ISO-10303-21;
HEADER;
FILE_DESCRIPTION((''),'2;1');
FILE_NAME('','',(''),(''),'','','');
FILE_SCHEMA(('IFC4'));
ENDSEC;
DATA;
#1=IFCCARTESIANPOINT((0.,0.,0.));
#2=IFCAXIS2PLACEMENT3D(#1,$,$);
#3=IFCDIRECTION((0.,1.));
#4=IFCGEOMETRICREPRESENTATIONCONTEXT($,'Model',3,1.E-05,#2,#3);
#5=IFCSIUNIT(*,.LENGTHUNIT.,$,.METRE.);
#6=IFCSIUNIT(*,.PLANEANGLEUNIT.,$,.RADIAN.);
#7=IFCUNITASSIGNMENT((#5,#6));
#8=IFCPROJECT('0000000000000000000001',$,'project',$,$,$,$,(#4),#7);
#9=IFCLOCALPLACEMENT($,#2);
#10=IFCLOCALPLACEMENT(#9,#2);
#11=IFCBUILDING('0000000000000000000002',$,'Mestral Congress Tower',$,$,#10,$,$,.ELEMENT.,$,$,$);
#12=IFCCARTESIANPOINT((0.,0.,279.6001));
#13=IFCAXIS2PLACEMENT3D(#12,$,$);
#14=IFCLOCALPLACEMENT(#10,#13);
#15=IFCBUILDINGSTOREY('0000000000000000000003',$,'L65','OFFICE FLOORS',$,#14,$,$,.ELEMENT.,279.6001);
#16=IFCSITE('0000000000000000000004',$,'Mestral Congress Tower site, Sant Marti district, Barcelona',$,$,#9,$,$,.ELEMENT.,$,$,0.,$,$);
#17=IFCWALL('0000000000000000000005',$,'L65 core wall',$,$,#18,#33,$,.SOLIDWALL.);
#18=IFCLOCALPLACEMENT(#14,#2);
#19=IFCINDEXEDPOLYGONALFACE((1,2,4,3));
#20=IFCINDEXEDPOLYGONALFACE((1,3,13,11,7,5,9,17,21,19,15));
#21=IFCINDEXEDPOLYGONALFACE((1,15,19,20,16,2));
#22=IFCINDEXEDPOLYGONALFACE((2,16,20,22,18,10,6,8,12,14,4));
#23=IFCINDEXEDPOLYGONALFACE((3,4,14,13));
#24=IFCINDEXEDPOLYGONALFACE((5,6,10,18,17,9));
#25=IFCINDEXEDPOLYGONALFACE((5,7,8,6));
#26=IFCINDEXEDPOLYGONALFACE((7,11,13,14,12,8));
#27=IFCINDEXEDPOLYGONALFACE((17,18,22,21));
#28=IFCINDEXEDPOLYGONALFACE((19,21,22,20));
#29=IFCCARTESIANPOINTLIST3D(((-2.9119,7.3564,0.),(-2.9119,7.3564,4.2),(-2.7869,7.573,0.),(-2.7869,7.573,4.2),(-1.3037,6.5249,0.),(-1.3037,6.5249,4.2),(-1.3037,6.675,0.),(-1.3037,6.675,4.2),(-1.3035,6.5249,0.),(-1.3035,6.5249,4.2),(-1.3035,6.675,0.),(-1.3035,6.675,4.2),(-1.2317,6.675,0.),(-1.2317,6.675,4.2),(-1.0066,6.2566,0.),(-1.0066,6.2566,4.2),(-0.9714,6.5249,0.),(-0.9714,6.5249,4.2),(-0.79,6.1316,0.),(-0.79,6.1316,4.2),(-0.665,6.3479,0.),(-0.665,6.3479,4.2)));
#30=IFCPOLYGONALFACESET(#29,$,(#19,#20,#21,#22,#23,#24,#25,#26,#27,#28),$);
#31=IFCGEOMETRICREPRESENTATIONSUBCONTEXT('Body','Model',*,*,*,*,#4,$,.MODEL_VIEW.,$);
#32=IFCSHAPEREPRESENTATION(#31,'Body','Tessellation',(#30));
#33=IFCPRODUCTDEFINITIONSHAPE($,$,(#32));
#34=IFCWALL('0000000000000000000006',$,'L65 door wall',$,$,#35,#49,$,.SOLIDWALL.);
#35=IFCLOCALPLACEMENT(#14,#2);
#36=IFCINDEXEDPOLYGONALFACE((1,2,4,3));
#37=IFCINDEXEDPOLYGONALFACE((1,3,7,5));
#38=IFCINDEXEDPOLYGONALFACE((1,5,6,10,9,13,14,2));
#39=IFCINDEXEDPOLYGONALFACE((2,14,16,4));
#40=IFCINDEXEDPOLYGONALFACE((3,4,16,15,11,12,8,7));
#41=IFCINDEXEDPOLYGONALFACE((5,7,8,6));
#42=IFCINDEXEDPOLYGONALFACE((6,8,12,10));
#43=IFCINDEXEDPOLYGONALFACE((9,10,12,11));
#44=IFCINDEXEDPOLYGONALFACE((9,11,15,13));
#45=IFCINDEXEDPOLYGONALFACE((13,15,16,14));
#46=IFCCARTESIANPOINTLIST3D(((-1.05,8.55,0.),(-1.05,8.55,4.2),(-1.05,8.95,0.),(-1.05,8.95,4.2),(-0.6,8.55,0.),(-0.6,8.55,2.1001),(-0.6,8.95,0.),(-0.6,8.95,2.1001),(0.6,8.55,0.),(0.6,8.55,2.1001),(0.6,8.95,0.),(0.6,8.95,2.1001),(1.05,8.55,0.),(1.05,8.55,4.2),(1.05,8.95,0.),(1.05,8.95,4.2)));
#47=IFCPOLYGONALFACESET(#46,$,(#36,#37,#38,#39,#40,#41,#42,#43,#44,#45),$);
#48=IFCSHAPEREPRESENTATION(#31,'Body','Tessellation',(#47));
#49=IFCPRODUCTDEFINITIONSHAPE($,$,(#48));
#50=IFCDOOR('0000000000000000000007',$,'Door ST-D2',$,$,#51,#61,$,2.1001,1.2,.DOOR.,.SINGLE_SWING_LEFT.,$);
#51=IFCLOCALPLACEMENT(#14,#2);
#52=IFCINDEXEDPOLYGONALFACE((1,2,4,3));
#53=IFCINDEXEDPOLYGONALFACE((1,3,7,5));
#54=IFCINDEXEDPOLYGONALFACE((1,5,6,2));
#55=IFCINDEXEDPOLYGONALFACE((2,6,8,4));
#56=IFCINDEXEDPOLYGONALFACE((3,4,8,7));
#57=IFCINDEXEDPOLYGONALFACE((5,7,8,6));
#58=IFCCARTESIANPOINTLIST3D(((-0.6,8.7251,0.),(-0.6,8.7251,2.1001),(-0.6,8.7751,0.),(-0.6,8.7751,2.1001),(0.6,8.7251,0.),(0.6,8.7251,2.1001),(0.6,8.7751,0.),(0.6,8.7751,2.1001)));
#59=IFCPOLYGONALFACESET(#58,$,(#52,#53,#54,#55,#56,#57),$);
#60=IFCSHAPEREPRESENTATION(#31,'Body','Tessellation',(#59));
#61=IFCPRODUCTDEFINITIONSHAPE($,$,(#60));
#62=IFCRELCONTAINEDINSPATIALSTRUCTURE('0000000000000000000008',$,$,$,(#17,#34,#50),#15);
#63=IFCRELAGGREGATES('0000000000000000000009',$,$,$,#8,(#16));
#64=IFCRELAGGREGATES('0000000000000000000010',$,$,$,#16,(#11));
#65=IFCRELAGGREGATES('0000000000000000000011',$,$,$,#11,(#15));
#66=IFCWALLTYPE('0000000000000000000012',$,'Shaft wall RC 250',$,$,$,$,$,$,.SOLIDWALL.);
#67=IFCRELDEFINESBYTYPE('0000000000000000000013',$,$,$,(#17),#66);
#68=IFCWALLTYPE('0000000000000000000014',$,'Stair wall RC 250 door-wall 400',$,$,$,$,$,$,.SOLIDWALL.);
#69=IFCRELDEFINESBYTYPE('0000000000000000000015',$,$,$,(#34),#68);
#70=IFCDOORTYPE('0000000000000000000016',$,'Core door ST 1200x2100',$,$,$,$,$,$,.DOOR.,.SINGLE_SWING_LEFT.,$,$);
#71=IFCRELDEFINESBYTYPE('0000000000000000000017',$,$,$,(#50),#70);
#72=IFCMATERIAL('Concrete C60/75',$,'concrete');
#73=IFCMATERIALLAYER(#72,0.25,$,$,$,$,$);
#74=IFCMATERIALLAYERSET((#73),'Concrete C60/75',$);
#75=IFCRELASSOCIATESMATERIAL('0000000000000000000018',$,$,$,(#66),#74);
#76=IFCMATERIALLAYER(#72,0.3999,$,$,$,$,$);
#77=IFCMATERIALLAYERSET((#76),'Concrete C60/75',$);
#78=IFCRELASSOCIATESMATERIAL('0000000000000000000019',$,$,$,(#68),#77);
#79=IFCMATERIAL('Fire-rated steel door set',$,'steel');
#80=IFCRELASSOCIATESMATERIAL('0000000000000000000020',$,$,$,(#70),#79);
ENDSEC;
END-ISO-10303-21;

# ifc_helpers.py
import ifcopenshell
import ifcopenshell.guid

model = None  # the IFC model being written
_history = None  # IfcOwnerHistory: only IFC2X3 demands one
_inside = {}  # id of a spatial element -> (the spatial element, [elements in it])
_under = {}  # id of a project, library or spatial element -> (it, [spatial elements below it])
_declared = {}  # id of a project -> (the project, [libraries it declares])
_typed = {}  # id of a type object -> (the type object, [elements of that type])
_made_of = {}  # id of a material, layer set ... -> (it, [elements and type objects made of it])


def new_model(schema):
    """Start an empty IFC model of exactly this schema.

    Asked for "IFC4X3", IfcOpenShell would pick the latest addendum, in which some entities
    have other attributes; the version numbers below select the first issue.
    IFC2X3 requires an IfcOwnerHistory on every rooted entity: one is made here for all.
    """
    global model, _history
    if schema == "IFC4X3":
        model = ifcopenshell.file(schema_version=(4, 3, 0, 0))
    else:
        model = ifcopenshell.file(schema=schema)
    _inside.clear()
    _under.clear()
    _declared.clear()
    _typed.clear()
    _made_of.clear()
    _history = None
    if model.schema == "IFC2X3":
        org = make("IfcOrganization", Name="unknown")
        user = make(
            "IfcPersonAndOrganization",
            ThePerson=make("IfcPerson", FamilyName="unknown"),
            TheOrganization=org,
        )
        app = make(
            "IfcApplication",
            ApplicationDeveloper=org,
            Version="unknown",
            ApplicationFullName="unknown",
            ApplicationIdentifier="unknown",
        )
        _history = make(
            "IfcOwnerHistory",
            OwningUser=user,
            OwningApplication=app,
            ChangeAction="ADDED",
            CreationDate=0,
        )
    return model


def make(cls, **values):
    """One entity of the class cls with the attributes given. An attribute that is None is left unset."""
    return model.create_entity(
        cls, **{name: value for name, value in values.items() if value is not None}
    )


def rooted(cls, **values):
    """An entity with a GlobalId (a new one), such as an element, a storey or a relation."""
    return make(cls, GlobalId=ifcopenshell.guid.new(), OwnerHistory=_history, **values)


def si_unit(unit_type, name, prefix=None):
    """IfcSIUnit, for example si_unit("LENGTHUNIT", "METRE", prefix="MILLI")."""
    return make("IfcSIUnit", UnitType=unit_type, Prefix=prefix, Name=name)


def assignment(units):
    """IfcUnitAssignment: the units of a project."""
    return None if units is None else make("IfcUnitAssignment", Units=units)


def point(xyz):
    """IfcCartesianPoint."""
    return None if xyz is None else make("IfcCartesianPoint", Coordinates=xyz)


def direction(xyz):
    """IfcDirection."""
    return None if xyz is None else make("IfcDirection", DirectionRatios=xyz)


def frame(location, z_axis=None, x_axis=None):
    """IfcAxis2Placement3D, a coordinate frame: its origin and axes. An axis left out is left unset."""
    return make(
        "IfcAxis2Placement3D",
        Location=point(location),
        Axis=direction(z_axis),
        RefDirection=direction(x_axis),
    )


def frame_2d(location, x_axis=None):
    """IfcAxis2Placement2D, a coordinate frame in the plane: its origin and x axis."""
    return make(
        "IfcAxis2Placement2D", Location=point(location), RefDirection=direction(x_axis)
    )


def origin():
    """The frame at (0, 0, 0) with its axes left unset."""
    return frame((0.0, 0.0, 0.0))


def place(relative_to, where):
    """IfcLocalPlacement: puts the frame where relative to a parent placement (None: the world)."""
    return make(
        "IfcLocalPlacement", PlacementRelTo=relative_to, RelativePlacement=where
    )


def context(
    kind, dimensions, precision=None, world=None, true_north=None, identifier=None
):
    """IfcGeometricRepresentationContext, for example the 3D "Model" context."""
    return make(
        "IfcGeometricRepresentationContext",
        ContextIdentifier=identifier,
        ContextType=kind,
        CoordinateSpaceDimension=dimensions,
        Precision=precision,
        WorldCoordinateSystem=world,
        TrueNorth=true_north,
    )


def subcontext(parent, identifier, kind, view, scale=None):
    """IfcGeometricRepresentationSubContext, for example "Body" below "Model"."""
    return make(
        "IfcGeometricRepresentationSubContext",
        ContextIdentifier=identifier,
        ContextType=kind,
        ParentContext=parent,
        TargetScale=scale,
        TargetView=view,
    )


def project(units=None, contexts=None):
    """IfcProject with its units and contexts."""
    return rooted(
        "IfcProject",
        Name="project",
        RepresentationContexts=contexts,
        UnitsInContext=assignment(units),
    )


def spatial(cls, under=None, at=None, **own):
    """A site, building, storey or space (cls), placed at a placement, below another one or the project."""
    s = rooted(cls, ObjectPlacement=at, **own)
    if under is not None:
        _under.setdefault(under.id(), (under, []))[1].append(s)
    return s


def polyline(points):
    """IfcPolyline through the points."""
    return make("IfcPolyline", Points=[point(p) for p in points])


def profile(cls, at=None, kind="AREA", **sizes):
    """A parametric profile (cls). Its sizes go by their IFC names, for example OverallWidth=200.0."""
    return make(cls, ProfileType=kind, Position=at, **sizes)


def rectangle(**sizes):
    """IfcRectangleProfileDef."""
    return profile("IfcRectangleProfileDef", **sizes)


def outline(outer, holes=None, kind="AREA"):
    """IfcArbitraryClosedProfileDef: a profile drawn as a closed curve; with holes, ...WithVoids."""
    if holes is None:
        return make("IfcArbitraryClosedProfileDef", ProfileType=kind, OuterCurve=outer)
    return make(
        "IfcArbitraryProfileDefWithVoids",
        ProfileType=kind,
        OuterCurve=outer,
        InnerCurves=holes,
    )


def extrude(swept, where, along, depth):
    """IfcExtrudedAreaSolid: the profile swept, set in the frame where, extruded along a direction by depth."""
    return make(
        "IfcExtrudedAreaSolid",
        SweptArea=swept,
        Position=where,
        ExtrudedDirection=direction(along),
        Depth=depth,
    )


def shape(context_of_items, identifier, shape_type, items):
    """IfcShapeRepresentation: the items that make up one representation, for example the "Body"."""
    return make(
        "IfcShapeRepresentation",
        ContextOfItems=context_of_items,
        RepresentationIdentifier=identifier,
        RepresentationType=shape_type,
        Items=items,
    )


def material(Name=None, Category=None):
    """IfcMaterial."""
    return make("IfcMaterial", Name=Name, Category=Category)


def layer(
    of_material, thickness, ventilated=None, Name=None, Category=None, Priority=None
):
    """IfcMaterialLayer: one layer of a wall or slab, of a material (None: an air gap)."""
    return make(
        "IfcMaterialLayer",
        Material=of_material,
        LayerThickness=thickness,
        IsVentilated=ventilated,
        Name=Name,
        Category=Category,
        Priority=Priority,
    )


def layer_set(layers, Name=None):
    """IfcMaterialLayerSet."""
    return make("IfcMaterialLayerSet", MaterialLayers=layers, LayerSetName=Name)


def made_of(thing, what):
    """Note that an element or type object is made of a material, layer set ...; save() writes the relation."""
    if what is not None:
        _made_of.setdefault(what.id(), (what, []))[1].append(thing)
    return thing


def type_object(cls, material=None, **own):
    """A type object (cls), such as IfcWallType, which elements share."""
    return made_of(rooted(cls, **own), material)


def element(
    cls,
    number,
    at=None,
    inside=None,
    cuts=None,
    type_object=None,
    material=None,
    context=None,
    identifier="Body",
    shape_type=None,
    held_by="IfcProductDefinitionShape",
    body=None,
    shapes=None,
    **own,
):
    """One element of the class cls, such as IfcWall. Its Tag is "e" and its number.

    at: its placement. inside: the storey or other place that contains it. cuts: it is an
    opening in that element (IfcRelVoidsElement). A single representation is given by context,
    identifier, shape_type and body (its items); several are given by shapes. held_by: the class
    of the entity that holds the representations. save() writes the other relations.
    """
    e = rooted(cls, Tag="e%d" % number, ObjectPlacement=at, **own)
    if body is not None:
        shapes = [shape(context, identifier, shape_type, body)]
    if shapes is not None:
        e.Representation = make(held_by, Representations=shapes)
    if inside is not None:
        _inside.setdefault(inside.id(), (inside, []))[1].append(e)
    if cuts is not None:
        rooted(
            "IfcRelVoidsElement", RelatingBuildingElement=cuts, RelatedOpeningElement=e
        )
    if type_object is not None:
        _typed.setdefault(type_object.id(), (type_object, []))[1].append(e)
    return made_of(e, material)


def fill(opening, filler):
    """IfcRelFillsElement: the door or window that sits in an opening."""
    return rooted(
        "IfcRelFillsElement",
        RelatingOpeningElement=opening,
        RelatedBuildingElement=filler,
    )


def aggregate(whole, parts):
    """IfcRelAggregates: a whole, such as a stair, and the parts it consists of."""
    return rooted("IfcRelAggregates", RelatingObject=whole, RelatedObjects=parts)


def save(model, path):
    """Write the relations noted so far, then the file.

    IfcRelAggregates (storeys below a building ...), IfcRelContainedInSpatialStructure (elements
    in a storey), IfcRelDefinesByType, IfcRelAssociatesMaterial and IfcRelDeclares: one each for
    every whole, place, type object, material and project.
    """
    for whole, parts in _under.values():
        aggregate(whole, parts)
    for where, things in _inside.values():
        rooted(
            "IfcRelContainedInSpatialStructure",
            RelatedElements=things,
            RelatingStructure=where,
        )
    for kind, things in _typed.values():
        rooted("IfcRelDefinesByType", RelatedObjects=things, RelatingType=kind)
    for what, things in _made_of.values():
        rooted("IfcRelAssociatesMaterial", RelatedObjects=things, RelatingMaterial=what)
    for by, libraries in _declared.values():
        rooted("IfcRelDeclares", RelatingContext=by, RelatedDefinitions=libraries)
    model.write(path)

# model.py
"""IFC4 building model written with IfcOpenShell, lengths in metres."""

from ifc_helpers import new_model, si_unit, direction, frame, frame_2d, origin, place, context, subcontext, project, spatial, polyline, rectangle, outline, extrude, material, layer, layer_set, type_object, element, fill, save


model = new_model("IFC4")

# Units and contexts
model_context = context("Model", 3, precision=1e-05, world=origin(), true_north=direction((0.0, 1.0)))
body_context = subcontext(model_context, "Body", "Model", "MODEL_VIEW")
ifc_project = project(units=[si_unit("LENGTHUNIT", "METRE"), si_unit("PLANEANGLEUNIT", "RADIAN")], contexts=[model_context])

# Site, building, storey
site_placement = place(None, origin())
site = spatial("IfcSite", under=ifc_project, at=site_placement, Name="Mestral Congress Tower site, Sant Marti district, Barcelona", CompositionType="ELEMENT", RefElevation=0.0)
building_placement = place(site_placement, origin())
building = spatial("IfcBuilding", under=site, at=building_placement, Name="Mestral Congress Tower", CompositionType="ELEMENT")
storey_placement = place(building_placement, frame((0.0, 0.0, 279.6001)))
storey = spatial("IfcBuildingStorey", under=building, at=storey_placement, Name="L65", Description="OFFICE FLOORS", CompositionType="ELEMENT", Elevation=279.6001)

# Wall
ifc_material_1 = material(Name="Concrete C60/75", Category="concrete")
placement = place(storey_placement, origin())
ifc_layer_1 = layer(ifc_material_1, 0.25)
ifc_layer_set_1 = layer_set([ifc_layer_1], Name="Concrete C60/75")
wall_type_1 = type_object("IfcWallType", Name="Shaft wall RC 250", PredefinedType="SOLIDWALL", material=ifc_layer_set_1)
element("IfcWall", 1, at=placement, inside=storey, type_object=wall_type_1, Name="L65 core wall", PredefinedType="SOLIDWALL", context=body_context, shape_type="SweptSolid", body=[
    extrude(outline(polyline([(-2.9119, 7.3564), (-2.7869, 7.573), (-1.2317, 6.675), (-1.3035, 6.675), (-1.3037, 6.675), (-1.3037, 6.675), (-1.3037, 6.5249), (-1.3037, 6.5249), (-1.3035, 6.5249), (-0.9714, 6.5249), (-0.665, 6.3479), (-0.79, 6.1316), (-1.0066, 6.2566), (-1.0066, 6.2566), (-2.9119, 7.3564)])), origin(), (0.0, 0.0, 1.0), 4.2),
])

# Wall, opening, door
ifc_layer_2 = layer(ifc_material_1, 0.3999)
ifc_layer_set_2 = layer_set([ifc_layer_2], Name="Concrete C60/75")
wall_type_2 = type_object("IfcWallType", Name="Stair wall RC 250 door-wall 400", PredefinedType="SOLIDWALL", material=ifc_layer_set_2)
wall_1_placement = place(storey_placement, frame((1.05, 8.75, 0.0), z_axis=(0.0, 0.0, 1.0), x_axis=(-1.0, 0.0, 0.0)))
wall_1 = element("IfcWall", 2, at=wall_1_placement, inside=storey, type_object=wall_type_2, Name="L65 door wall", PredefinedType="SOLIDWALL", context=body_context, shape_type="SweptSolid", body=[
    extrude(rectangle(XDim=2.1001, YDim=0.3999, at=frame_2d((1.05, 0.0))), origin(), (0.0, 0.0, 1.0), 4.2),
])
opening_placement = place(wall_1_placement, frame((0.45, 0.0, 0.0)))
opening = element("IfcOpeningElement", 3, at=opening_placement, cuts=wall_1, PredefinedType="OPENING", context=body_context, shape_type="SweptSolid", body=[
    extrude(rectangle(XDim=1.2, YDim=2.1001, at=frame_2d((0.6001, 1.05))), frame((0.0, 0.21, 0.0), z_axis=(0.0, -1.0, 0.0), x_axis=(1.0, 0.0, 0.0)), (0.0, 0.0, 1.0), 0.4199),
])
ifc_material_2 = material(Name="Fire-rated steel door set", Category="steel")
door_type = type_object("IfcDoorType", Name="Core door ST 1200x2100", OperationType="SINGLE_SWING_LEFT", PredefinedType="DOOR", material=ifc_material_2)
door_placement = place(opening_placement, origin())
door = element("IfcDoor", 4, at=door_placement, inside=storey, type_object=door_type, Name="Door ST-D2", OperationType="SINGLE_SWING_LEFT", OverallHeight=2.1001, OverallWidth=1.2, PredefinedType="DOOR", context=body_context, shape_type="SweptSolid", body=[
    extrude(rectangle(XDim=1.2, YDim=2.1001, at=frame_2d((0.6001, 1.05))), frame((0.0, 0.0249, 0.0), z_axis=(0.0, -1.0, 0.0), x_axis=(1.0, 0.0, 0.0)), (0.0, 0.0, 1.0), 0.05),
])
fill(opening, door)

save(model, "model.ifc")
